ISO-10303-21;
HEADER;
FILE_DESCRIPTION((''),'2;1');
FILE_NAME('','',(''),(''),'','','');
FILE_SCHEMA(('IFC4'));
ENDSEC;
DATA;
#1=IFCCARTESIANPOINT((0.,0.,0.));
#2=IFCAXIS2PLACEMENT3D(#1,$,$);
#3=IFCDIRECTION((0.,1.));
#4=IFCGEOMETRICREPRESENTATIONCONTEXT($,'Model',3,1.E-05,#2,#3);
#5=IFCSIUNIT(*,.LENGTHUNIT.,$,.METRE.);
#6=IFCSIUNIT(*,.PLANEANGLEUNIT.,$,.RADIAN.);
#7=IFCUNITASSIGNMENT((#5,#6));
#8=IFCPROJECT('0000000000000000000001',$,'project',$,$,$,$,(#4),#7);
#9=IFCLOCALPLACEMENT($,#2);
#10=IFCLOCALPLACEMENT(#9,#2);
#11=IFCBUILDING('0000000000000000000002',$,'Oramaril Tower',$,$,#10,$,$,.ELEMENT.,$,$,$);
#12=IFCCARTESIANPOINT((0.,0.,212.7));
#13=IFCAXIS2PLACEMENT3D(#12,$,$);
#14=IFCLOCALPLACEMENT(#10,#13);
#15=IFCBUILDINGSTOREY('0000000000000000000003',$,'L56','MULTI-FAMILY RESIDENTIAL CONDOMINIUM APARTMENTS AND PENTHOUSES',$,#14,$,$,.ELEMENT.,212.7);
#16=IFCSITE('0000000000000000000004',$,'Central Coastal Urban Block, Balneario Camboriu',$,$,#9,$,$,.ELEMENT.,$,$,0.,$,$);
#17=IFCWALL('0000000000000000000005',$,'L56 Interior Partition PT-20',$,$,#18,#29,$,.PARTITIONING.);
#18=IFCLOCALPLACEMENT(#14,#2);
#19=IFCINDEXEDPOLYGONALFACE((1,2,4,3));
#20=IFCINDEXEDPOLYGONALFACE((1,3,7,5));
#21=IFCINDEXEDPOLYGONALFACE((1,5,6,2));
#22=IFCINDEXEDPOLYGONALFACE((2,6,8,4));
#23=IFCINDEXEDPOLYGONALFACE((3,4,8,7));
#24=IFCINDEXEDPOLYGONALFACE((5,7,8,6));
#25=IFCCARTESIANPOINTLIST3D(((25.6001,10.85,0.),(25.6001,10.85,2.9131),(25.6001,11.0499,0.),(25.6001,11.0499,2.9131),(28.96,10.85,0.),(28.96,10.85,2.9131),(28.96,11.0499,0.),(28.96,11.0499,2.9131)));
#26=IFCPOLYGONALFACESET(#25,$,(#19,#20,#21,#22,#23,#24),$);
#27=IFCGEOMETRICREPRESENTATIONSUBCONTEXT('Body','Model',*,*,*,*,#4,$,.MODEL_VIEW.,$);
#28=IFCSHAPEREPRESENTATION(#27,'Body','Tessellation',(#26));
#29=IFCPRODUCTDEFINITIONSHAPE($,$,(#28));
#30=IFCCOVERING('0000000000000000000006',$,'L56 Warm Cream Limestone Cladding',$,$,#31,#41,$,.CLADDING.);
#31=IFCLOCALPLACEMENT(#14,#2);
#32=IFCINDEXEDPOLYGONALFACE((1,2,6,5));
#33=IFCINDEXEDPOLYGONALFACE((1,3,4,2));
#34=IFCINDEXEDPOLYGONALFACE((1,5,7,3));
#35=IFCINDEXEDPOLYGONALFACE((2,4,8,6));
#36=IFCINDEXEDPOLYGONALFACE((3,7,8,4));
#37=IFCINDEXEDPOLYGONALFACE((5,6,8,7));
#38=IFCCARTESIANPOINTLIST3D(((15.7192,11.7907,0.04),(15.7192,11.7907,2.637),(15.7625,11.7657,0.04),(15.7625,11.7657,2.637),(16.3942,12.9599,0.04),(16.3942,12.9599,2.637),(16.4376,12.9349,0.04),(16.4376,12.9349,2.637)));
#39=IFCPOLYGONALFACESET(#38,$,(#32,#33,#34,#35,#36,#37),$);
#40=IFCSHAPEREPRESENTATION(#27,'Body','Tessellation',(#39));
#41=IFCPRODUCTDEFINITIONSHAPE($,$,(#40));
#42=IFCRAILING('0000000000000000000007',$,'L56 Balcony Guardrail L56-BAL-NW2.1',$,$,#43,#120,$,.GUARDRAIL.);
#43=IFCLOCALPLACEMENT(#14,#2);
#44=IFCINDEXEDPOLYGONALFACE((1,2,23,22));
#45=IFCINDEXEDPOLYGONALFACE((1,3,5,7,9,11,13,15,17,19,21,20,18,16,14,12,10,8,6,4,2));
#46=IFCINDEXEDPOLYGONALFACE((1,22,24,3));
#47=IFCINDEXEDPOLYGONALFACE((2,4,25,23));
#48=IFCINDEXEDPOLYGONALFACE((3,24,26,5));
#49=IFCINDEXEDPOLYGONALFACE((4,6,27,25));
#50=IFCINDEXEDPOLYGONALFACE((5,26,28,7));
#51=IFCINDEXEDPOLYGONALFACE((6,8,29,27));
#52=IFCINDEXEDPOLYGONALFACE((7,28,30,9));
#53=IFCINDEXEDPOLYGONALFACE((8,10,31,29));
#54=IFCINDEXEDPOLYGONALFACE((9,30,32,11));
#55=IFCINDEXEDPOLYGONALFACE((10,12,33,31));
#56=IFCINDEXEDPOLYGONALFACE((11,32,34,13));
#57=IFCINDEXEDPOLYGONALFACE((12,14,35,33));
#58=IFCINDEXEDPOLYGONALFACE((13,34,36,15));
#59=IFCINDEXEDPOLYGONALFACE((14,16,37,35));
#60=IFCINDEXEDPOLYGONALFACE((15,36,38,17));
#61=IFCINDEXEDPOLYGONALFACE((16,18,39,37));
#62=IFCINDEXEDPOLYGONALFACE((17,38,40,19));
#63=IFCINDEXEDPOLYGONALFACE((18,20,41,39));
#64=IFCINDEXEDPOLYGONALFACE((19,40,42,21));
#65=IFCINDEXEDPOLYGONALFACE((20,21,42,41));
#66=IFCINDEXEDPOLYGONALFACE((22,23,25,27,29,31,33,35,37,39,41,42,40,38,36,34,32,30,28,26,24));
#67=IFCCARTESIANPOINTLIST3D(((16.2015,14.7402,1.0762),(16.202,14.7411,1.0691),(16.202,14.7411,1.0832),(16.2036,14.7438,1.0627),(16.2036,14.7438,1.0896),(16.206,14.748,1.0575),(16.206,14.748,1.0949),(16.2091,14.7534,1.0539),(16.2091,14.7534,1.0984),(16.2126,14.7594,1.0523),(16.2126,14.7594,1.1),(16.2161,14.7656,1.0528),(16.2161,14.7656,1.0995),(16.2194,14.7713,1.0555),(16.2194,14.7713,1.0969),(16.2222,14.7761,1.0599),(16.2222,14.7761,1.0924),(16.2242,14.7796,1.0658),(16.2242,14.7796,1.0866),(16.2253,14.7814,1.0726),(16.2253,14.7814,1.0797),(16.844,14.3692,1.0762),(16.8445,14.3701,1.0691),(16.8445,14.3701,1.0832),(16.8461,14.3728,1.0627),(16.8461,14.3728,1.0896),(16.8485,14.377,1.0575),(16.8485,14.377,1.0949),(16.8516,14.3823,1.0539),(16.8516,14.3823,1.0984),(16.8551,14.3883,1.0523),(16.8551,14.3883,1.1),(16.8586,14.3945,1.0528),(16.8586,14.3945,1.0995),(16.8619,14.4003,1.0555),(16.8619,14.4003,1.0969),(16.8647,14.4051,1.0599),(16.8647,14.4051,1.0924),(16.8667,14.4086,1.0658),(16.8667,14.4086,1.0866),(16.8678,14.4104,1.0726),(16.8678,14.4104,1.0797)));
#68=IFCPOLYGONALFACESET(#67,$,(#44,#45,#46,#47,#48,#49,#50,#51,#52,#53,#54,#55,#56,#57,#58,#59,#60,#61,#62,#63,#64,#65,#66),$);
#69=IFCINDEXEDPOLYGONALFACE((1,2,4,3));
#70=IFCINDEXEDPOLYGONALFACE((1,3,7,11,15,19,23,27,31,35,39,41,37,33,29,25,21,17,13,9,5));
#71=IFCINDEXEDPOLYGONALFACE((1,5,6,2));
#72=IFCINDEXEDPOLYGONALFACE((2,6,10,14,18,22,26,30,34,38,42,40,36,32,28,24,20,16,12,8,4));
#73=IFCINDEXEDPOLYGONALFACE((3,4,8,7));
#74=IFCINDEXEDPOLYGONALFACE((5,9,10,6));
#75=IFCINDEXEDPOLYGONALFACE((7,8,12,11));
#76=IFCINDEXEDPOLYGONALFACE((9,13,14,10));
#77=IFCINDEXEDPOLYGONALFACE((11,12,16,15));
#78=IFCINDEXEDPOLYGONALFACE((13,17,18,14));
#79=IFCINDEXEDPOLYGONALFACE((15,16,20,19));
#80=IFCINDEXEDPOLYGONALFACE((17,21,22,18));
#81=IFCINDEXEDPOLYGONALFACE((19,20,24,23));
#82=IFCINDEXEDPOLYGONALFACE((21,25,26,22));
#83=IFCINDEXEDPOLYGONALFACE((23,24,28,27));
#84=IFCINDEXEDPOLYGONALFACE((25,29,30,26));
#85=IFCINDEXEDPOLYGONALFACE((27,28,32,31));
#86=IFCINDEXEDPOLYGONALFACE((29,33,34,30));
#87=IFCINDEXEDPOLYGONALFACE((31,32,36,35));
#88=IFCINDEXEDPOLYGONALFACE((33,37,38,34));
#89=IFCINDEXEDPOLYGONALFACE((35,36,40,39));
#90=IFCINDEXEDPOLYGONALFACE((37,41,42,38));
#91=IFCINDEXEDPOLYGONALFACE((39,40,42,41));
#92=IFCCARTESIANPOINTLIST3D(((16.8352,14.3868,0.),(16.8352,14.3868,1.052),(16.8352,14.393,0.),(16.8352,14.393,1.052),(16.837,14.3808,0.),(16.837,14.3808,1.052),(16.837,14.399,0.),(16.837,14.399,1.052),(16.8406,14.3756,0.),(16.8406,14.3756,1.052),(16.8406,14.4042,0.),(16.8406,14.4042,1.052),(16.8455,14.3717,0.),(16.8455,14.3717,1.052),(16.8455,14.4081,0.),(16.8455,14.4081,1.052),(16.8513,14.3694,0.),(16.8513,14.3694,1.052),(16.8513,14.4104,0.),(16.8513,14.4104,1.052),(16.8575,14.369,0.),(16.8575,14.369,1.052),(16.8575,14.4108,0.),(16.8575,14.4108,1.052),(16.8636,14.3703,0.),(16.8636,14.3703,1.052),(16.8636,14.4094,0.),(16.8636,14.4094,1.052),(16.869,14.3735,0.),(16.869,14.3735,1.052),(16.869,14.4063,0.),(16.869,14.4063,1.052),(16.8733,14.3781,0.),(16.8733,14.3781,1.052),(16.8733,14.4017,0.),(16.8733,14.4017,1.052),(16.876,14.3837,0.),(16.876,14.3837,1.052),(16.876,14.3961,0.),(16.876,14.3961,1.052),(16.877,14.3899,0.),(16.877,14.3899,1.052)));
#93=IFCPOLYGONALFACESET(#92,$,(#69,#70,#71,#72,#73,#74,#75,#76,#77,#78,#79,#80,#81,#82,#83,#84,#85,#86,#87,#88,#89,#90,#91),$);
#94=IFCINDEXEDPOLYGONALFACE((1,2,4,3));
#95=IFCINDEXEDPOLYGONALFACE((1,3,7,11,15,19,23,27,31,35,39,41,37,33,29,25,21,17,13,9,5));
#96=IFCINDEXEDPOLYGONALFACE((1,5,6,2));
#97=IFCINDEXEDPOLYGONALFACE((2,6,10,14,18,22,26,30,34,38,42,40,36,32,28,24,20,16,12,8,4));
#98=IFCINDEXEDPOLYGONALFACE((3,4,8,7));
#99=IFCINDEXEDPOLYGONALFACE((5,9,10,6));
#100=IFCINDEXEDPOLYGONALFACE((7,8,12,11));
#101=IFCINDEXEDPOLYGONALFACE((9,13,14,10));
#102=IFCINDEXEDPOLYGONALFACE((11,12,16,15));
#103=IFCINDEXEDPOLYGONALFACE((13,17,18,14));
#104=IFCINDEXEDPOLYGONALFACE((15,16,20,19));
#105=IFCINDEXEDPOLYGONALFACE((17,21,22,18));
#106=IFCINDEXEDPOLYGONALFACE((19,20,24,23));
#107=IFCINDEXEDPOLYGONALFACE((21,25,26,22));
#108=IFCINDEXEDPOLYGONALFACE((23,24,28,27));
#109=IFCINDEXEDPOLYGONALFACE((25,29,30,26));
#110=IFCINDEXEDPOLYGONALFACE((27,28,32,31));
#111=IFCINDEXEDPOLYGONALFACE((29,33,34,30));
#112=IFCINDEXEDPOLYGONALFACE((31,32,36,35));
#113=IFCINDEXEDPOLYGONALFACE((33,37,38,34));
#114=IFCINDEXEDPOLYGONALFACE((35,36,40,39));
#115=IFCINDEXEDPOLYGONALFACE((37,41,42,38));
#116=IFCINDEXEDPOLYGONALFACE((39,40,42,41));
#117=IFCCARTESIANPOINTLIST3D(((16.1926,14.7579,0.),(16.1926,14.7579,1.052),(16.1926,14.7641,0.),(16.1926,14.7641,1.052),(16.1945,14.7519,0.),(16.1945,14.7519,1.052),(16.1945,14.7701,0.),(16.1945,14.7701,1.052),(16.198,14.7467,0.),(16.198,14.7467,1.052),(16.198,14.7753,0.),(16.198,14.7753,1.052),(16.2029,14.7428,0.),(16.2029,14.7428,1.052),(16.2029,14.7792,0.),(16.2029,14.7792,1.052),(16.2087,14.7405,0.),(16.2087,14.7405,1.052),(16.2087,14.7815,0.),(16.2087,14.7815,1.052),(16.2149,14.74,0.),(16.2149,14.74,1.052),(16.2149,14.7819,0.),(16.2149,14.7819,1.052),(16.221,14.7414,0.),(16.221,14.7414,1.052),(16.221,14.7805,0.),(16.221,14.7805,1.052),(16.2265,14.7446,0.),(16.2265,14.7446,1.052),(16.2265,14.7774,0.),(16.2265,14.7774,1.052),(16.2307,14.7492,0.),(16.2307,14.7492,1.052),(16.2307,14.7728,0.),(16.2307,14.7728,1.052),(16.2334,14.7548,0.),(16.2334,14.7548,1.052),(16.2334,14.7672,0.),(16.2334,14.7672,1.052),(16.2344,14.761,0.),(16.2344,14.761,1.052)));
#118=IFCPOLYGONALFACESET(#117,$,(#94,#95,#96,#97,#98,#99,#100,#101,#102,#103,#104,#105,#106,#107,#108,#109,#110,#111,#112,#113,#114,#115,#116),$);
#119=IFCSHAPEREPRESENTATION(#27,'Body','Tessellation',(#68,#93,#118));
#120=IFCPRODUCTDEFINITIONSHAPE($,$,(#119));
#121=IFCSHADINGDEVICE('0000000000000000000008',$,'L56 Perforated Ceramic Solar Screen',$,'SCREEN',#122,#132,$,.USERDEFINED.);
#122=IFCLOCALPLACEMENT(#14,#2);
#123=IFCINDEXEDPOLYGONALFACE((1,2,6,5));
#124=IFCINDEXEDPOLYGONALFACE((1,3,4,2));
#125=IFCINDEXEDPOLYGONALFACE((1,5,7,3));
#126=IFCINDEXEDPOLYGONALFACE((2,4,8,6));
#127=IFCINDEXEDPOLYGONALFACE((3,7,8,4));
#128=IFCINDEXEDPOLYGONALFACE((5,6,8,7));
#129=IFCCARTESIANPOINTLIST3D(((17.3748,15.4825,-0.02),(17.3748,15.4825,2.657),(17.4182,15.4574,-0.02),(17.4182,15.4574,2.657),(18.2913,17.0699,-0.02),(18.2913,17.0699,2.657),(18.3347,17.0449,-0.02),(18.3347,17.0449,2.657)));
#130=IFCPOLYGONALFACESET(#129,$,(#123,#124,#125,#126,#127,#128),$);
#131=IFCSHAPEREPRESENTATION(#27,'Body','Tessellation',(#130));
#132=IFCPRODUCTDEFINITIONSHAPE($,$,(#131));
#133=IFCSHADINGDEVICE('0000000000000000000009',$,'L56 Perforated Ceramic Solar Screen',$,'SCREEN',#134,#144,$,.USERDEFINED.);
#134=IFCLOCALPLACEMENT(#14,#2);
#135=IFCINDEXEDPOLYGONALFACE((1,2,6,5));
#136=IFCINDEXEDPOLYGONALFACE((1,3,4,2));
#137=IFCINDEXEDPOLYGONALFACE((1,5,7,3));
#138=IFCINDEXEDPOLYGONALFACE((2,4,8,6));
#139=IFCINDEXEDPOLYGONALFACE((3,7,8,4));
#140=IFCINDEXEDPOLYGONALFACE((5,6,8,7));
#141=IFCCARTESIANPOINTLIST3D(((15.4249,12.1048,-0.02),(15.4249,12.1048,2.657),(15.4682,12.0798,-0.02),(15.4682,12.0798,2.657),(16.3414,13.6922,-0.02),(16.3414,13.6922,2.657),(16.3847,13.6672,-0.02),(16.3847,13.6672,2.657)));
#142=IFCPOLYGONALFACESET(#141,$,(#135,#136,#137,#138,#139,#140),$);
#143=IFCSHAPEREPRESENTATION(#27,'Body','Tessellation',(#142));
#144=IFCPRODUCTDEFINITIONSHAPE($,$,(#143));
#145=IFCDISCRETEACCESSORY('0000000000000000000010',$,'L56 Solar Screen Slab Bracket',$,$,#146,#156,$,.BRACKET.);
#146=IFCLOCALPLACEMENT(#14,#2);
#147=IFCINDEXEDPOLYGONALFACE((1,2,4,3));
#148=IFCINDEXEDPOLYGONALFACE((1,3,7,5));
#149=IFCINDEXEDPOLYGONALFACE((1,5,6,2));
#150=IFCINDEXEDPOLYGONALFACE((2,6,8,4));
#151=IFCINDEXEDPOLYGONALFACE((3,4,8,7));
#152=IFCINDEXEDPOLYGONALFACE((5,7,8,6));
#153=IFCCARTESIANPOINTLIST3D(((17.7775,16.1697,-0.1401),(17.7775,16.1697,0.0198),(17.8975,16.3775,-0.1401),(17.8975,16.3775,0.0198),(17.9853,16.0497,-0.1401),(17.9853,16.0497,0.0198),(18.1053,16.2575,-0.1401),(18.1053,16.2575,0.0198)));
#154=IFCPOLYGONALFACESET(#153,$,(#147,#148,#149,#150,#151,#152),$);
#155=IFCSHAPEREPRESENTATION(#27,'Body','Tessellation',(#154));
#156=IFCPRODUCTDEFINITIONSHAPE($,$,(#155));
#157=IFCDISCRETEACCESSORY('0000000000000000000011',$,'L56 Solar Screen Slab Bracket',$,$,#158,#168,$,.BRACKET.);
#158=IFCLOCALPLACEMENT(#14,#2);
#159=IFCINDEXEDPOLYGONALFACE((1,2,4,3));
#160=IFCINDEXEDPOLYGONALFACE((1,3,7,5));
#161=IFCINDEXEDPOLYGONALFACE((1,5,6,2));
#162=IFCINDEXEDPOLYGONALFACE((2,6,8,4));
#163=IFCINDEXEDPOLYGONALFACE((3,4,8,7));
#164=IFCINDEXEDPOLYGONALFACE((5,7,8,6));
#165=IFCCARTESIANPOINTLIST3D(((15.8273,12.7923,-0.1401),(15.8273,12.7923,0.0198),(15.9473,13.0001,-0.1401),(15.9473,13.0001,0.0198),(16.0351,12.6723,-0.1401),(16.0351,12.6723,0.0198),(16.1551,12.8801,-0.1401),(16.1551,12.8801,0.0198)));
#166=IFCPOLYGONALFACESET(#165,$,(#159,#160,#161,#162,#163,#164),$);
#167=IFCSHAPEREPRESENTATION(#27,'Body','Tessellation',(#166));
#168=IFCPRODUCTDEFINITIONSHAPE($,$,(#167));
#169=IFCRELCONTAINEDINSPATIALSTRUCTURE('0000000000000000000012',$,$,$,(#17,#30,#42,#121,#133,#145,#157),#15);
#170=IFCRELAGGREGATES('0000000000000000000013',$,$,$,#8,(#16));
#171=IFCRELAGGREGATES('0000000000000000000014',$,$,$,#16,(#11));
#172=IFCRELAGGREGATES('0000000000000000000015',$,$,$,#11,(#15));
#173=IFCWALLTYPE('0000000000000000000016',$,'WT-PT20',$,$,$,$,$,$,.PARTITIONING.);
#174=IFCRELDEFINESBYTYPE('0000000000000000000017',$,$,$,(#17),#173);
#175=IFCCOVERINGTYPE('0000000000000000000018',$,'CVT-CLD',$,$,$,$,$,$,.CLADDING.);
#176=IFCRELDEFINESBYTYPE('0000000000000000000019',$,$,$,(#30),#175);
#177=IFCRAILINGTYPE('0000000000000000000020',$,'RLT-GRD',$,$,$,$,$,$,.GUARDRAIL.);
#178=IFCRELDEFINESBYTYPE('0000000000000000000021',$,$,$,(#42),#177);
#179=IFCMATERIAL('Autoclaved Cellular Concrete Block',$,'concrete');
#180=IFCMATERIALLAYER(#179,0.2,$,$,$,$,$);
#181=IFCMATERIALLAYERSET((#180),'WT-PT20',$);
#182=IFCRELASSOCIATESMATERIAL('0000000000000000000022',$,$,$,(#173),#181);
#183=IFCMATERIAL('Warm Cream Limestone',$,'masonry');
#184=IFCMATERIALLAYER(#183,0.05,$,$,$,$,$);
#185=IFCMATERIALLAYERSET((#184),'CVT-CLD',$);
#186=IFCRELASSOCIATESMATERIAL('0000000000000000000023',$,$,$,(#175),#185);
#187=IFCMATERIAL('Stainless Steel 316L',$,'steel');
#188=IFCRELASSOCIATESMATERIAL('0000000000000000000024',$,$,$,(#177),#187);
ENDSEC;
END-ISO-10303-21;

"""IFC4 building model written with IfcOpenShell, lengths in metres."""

from ifc_helpers import new_model, si_unit, direction, frame, frame_2d, origin, origin_2d, place, context, subcontext, project, spatial, rectangle, circle, extrude, material, layer, layer_set, type_object, element, save


model = new_model("IFC4")

# Units and contexts
model_context = context("Model", 3, precision=1e-05, world=origin(), true_north=direction((0.0, 1.0)))
body_context = subcontext(model_context, "Body", "Model", "MODEL_VIEW")
ifc_project = project(units=[si_unit("LENGTHUNIT", "METRE"), si_unit("PLANEANGLEUNIT", "RADIAN")], contexts=[model_context])

# Site, building, storey
site_placement = place(None, origin())
site = spatial("IfcSite", under=ifc_project, at=site_placement, Name="Central Coastal Urban Block, Balneario Camboriu", CompositionType="ELEMENT", RefElevation=0.0)
building_placement = place(site_placement, origin())
building = spatial("IfcBuilding", under=site, at=building_placement, Name="Oramaril Tower", CompositionType="ELEMENT")
storey_placement = place(building_placement, frame((0.0, 0.0, 212.7)))
storey = spatial("IfcBuildingStorey", under=building, at=storey_placement, Name="L56", Description="MULTI-FAMILY RESIDENTIAL CONDOMINIUM APARTMENTS AND PENTHOUSES", CompositionType="ELEMENT", Elevation=212.7)

# Wall
ifc_material_1 = material(Name="Autoclaved Cellular Concrete Block", Category="concrete")
ifc_layer_1 = layer(ifc_material_1, 0.2)
ifc_layer_set_1 = layer_set([ifc_layer_1], Name="WT-PT20")
wall_type_1 = type_object("IfcWallType", Name="WT-PT20", PredefinedType="PARTITIONING", material=ifc_layer_set_1)
wall_1_placement = place(storey_placement, frame((25.6001, 10.95, 0.0), z_axis=(0.0, 0.0, 1.0), x_axis=(1.0, 0.0, 0.0)))
element("IfcWall", 1, at=wall_1_placement, inside=storey, type_object=wall_type_1, Name="L56 Interior Partition PT-20", PredefinedType="PARTITIONING", context=body_context, shape_type="SweptSolid", body=[
    extrude(rectangle(XDim=3.3599, YDim=0.2, at=frame_2d((1.6799, 0.0))), origin(), (0.0, 0.0, 1.0), 2.9131),
])

# Covering
ifc_material_2 = material(Name="Warm Cream Limestone", Category="masonry")
ifc_layer_2 = layer(ifc_material_2, 0.05)
ifc_layer_set_2 = layer_set([ifc_layer_2], Name="CVT-CLD")
covering_type = type_object("IfcCoveringType", Name="CVT-CLD", PredefinedType="CLADDING", material=ifc_layer_set_2)
covering_placement = place(storey_placement, frame((16.0784, 12.3628, 0.04), z_axis=(0.0, 0.0, 1.0), x_axis=(-0.499998, -0.866026, 0.0)))
element("IfcCovering", 2, at=covering_placement, inside=storey, type_object=covering_type, Name="L56 Warm Cream Limestone Cladding", PredefinedType="CLADDING", context=body_context, shape_type="SweptSolid", body=[
    extrude(rectangle(XDim=1.3501, YDim=0.05, at=origin_2d()), origin(), (0.0, 0.0, 1.0), 2.5969),
])

# Railing
ifc_material_3 = material(Name="Stainless Steel 316L", Category="steel")
railing_type = type_object("IfcRailingType", Name="RLT-GRD", PredefinedType="GUARDRAIL", material=ifc_material_3)
railing_1_placement = place(storey_placement, frame((16.856, 14.3899, 0.0)))
element("IfcRailing", 3, at=railing_1_placement, inside=storey, type_object=railing_type, Name="L56 Balcony Guardrail L56-BAL-NW2.1", PredefinedType="GUARDRAIL", context=body_context, shape_type="SweptSolid", body=[
    extrude(circle(Radius=0.0239, at=origin_2d()), frame((0.0, 0.0, 1.0762), z_axis=(-0.865966, 0.500102, 0.0), x_axis=(-0.500102, -0.865966, 0.0)), (0.0, 0.0, 1.0), 0.7419),
    extrude(circle(Radius=0.021, at=origin_2d()), origin(), (0.0, 0.0, 1.0), 1.052),
    extrude(circle(Radius=0.021, at=origin_2d()), frame((-0.6426, 0.3711, 0.0)), (0.0, 0.0, 1.0), 1.052),
])

# Shading devices
for number, where, z_axis, x_axis, name in (
    (4, (17.8547, 16.2637, -0.02), (0.0, 0.0, 1.0), (-0.499998, -0.866026, 0.0), "L56 Perforated Ceramic Solar Screen"),
    (5, (15.9048, 12.886, -0.02), (0.0, 0.0, 1.0), (-0.499998, -0.866026, 0.0), "L56 Perforated Ceramic Solar Screen"),
):
    element("IfcShadingDevice", number, at=place(storey_placement, frame(where, z_axis=z_axis, x_axis=x_axis)), inside=storey, Name=name, ObjectType="SCREEN", PredefinedType="USERDEFINED", context=body_context, shape_type="SweptSolid", body=[
        extrude(rectangle(XDim=1.833, YDim=0.05, at=origin_2d()), origin(), (0.0, 0.0, 1.0), 2.677),
    ])

# Discrete accessories
for number, where, z_axis, x_axis, name in (
    (6, (17.9414, 16.2136, -0.1401), (0.0, 0.0, 1.0), (-0.499998, -0.866026, 0.0), "L56 Solar Screen Slab Bracket"),
    (7, (15.9912, 12.8362, -0.1401), (0.0, 0.0, 1.0), (-0.499998, -0.866026, 0.0), "L56 Solar Screen Slab Bracket"),
):
    element("IfcDiscreteAccessory", number, at=place(storey_placement, frame(where, z_axis=z_axis, x_axis=x_axis)), inside=storey, Name=name, PredefinedType="BRACKET", context=body_context, shape_type="SweptSolid", body=[
        extrude(rectangle(XDim=0.24, YDim=0.24, at=origin_2d()), origin(), (0.0, 0.0, 1.0), 0.1599),
    ])

save(model, "model.ifc")
